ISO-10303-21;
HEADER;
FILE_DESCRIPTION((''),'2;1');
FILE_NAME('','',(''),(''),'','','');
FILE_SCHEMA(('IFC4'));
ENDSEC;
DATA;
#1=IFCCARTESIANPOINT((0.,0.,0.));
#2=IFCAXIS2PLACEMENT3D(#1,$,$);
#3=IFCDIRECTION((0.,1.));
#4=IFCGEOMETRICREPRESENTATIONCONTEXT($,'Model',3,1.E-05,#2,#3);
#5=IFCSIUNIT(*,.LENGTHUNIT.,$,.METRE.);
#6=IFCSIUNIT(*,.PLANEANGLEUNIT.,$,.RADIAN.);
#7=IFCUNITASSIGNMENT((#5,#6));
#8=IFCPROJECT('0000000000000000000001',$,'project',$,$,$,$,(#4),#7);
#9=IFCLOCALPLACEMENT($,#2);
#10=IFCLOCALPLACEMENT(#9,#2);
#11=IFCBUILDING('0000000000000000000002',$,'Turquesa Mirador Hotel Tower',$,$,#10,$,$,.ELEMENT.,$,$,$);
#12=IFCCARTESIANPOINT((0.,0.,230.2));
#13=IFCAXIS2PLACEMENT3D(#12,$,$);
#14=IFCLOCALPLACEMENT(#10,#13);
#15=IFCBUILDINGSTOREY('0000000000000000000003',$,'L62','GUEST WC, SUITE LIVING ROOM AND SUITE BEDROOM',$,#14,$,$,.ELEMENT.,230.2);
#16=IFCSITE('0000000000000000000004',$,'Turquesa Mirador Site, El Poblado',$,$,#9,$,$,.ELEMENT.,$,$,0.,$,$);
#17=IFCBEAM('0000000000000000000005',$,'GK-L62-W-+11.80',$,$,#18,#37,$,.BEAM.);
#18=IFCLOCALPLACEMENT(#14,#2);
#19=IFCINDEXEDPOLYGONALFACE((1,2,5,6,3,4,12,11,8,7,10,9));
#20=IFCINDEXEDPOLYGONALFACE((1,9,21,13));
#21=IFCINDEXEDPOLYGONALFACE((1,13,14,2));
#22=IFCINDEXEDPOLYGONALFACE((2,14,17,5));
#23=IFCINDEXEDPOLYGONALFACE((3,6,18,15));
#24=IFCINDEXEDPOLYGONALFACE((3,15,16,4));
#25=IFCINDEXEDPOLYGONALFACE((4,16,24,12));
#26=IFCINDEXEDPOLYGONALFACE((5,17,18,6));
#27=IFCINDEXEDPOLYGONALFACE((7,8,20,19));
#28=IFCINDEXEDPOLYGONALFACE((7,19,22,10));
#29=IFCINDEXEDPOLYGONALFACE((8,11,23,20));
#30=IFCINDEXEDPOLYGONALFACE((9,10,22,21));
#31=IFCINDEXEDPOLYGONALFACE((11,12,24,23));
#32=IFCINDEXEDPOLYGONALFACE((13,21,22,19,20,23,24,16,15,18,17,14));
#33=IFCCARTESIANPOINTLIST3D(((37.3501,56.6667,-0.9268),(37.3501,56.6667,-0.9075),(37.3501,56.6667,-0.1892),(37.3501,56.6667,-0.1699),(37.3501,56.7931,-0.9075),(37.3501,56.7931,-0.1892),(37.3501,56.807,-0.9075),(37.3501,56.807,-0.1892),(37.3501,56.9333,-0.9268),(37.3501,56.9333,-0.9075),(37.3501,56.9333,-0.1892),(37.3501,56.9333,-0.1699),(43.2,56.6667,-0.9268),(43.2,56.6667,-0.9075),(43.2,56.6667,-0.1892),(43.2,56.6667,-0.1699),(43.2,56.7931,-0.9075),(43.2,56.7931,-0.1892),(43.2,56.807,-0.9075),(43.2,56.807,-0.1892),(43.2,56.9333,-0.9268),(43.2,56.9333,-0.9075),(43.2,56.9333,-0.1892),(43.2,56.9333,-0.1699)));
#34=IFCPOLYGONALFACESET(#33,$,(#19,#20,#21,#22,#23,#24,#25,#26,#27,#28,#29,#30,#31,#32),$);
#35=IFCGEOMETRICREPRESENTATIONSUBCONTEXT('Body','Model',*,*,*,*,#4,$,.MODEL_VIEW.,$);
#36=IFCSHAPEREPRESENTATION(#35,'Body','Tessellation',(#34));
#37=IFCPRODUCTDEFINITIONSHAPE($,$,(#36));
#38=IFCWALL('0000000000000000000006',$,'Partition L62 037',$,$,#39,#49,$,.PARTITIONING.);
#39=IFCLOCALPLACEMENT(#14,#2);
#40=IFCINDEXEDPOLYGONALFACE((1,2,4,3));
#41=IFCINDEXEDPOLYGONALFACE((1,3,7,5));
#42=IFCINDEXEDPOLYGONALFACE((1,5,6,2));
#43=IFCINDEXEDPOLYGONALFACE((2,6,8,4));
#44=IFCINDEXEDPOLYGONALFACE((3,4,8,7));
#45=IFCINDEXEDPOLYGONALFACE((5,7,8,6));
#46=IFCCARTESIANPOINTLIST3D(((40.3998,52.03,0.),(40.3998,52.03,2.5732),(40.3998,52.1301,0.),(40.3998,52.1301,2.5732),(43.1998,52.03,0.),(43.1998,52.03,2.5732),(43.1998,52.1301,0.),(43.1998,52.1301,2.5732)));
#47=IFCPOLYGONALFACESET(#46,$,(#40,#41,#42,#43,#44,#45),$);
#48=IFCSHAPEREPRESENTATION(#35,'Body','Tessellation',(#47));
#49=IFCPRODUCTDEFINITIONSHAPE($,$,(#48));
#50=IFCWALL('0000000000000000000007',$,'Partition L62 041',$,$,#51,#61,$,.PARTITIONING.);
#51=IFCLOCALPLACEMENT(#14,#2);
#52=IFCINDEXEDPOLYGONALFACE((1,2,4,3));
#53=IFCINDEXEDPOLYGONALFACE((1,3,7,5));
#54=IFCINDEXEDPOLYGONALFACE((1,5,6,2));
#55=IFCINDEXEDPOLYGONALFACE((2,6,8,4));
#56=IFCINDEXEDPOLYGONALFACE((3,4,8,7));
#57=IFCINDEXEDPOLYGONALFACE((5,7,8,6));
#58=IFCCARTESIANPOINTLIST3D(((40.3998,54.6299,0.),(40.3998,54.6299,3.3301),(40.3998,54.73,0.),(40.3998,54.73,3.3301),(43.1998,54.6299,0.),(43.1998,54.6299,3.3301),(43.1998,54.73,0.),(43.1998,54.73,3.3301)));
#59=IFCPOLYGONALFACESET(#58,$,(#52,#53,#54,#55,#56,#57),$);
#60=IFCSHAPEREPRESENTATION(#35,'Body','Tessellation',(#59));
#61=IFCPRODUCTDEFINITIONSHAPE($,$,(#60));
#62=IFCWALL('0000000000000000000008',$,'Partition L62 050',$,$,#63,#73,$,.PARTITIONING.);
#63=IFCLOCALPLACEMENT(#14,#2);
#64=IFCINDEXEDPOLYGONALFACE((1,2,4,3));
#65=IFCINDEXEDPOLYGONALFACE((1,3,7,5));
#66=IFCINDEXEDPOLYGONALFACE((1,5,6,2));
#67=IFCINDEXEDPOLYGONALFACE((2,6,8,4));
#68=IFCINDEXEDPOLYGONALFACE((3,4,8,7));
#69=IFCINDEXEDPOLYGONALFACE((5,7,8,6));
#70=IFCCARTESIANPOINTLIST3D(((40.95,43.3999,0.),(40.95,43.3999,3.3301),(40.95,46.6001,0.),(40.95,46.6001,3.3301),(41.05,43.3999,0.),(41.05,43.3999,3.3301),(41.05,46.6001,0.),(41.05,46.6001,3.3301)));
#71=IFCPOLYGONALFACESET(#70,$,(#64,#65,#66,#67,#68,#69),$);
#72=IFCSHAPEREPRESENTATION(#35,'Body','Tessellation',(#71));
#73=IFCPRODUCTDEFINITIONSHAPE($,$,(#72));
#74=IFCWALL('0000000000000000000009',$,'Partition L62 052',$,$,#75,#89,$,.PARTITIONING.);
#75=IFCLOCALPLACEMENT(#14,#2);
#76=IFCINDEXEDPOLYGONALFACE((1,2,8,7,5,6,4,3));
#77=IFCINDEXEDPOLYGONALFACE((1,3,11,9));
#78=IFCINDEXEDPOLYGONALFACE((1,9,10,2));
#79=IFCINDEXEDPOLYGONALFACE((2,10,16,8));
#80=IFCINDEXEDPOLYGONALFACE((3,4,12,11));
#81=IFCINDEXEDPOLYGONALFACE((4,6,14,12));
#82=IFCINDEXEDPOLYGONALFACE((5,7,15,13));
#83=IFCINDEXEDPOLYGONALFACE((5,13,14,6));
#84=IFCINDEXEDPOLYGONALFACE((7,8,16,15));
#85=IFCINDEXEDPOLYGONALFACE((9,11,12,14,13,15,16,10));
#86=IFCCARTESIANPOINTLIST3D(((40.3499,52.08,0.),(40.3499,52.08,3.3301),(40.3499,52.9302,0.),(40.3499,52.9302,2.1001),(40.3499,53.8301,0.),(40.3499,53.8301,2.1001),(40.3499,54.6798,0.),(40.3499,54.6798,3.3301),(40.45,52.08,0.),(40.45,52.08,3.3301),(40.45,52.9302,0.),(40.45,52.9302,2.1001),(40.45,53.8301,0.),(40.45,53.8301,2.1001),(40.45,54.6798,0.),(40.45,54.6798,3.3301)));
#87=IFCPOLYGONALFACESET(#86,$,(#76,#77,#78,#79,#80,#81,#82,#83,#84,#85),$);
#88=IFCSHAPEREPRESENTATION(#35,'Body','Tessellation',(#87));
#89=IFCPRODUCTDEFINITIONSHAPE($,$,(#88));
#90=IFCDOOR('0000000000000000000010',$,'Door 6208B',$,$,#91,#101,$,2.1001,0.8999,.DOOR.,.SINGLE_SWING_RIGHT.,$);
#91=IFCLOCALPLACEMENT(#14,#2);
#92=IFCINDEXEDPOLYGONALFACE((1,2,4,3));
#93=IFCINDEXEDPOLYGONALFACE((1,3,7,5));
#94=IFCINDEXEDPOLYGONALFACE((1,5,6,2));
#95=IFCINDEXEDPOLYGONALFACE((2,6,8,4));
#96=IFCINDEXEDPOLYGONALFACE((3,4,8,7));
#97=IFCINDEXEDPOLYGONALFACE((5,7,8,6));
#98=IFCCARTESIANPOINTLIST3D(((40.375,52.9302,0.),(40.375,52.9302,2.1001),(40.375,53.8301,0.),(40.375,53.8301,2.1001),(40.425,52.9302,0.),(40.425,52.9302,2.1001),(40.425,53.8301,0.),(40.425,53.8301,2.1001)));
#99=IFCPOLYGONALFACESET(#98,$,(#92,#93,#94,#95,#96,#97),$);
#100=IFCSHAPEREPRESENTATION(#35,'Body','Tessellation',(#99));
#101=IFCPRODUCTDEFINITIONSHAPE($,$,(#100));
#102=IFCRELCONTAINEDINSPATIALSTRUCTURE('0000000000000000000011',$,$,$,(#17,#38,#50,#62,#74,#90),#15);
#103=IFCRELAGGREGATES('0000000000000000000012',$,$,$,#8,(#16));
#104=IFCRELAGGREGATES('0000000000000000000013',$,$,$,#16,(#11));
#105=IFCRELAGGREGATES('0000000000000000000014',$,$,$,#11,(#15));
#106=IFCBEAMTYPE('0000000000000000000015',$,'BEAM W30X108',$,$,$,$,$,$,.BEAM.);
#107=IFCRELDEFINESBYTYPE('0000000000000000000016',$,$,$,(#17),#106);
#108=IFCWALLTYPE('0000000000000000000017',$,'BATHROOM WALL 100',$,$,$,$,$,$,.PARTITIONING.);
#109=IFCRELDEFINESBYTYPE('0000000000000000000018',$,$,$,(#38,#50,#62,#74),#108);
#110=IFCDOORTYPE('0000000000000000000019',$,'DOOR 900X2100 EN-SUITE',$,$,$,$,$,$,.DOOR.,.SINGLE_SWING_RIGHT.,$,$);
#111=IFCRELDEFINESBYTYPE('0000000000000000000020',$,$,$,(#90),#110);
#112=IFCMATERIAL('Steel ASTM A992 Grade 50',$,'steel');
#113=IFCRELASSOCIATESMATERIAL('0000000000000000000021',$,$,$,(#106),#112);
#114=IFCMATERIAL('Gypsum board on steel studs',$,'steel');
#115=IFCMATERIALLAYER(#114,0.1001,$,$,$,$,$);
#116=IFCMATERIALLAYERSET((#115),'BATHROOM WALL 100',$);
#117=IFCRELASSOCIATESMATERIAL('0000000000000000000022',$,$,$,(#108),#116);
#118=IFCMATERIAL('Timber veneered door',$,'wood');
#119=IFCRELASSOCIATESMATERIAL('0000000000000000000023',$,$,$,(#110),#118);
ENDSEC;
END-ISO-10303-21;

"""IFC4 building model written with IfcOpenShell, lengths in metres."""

from ifc_helpers import new_model, si_unit, direction, frame, frame_2d, origin, origin_2d, place, context, subcontext, project, spatial, rectangle, i_section, extrude, material, layer, layer_set, material_profile, profile_set, type_object, element, fill, save


model = new_model("IFC4")

# Units and contexts
model_context = context("Model", 3, precision=1e-05, world=origin(), true_north=direction((0.0, 1.0)))
body_context = subcontext(model_context, "Body", "Model", "MODEL_VIEW")
ifc_project = project(units=[si_unit("LENGTHUNIT", "METRE"), si_unit("PLANEANGLEUNIT", "RADIAN")], contexts=[model_context])

# Site, building, storey
site_placement = place(None, origin())
site = spatial("IfcSite", under=ifc_project, at=site_placement, Name="Turquesa Mirador Site, El Poblado", CompositionType="ELEMENT", RefElevation=0.0)
building_placement = place(site_placement, origin())
building = spatial("IfcBuilding", under=site, at=building_placement, Name="Turquesa Mirador Hotel Tower", CompositionType="ELEMENT")
storey_placement = place(building_placement, frame((0.0, 0.0, 230.2)))
storey = spatial("IfcBuildingStorey", under=building, at=storey_placement, Name="L62", Description="GUEST WC, SUITE LIVING ROOM AND SUITE BEDROOM", CompositionType="ELEMENT", Elevation=230.2)

# Beam
ifc_material_1 = material(Name="Steel ASTM A992 Grade 50", Category="steel")
ifc_material_profile_1 = material_profile(ifc_material_1, i_section(OverallWidth=0.2666, OverallDepth=0.7568, WebThickness=0.0139, FlangeThickness=0.0193, at=origin_2d()), Name="W30X108")
ifc_profile_set_1 = profile_set([ifc_material_profile_1], Name="Steel ASTM A992 Grade 50")
beam_type_1 = type_object("IfcBeamType", Name="BEAM W30X108", PredefinedType="BEAM", material=ifc_profile_set_1)
beam_1_placement = place(storey_placement, frame((37.3501, 56.8, -0.5483), z_axis=(1.0, 0.0, 0.0), x_axis=(0.0, 1.0, 0.0)))
element("IfcBeam", 1, at=beam_1_placement, inside=storey, type_object=beam_type_1, Name="GK-L62-W-+11.80", PredefinedType="BEAM", context=body_context, shape_type="SweptSolid", body=[
    extrude(i_section(OverallWidth=0.2666, OverallDepth=0.7568, WebThickness=0.0139, FlangeThickness=0.0193, at=origin_2d()), origin(), (0.0, 0.0, 1.0), 5.8499),
])

# Walls
ifc_material_2 = material(Name="Gypsum board on steel studs", Category="steel")
ifc_layer = layer(ifc_material_2, 0.1001)
ifc_layer_set = layer_set([ifc_layer], Name="BATHROOM WALL 100")
wall_type = type_object("IfcWallType", Name="BATHROOM WALL 100", PredefinedType="PARTITIONING", material=ifc_layer_set)
wall_1_placement = place(storey_placement, frame((40.3999, 52.0801, 0.0), z_axis=(0.0, 0.0, 1.0), x_axis=(1.0, 0.0, 0.0)))
element("IfcWall", 2, at=wall_1_placement, inside=storey, type_object=wall_type, Name="Partition L62 037", PredefinedType="PARTITIONING", context=body_context, shape_type="SweptSolid", body=[
    extrude(rectangle(XDim=2.8, YDim=0.1001, at=frame_2d((1.3999, 0.0))), origin(), (0.0, 0.0, 1.0), 2.5732),
])
wall_2_placement = place(storey_placement, frame((40.3999, 54.6799, 0.0), z_axis=(0.0, 0.0, 1.0), x_axis=(1.0, 0.0, 0.0)))
element("IfcWall", 3, at=wall_2_placement, inside=storey, type_object=wall_type, Name="Partition L62 041", PredefinedType="PARTITIONING", context=body_context, shape_type="SweptSolid", body=[
    extrude(rectangle(XDim=2.8, YDim=0.1001, at=frame_2d((1.3999, 0.0))), origin(), (0.0, 0.0, 1.0), 3.3301),
])
wall_3_placement = place(storey_placement, frame((41.0, 43.3999, 0.0), z_axis=(0.0, 0.0, 1.0), x_axis=(0.0, 1.0, 0.0)))
element("IfcWall", 4, at=wall_3_placement, inside=storey, type_object=wall_type, Name="Partition L62 050", PredefinedType="PARTITIONING", context=body_context, shape_type="SweptSolid", body=[
    extrude(rectangle(XDim=3.2002, YDim=0.1001, at=frame_2d((1.6001, 0.0))), origin(), (0.0, 0.0, 1.0), 3.3301),
])

# Wall, opening, door
wall_4_placement = place(storey_placement, frame((40.3999, 52.0801, 0.0), z_axis=(0.0, 0.0, 1.0), x_axis=(0.0, 1.0, 0.0)))
wall_4 = element("IfcWall", 5, at=wall_4_placement, inside=storey, type_object=wall_type, Name="Partition L62 052", PredefinedType="PARTITIONING", context=body_context, shape_type="SweptSolid", body=[
    extrude(rectangle(XDim=2.5999, YDim=0.1001, at=frame_2d((1.2998, 0.0))), origin(), (0.0, 0.0, 1.0), 3.3301),
])
opening_placement = place(wall_4_placement, frame((0.8501, 0.0, 0.0)))
opening = element("IfcOpeningElement", 6, at=opening_placement, cuts=wall_4, PredefinedType="OPENING", context=body_context, shape_type="SweptSolid", body=[
    extrude(rectangle(XDim=0.8999, YDim=2.1001, at=frame_2d((0.45, 1.05))), frame((0.0, 0.0601, 0.0), z_axis=(0.0, -1.0, 0.0), x_axis=(1.0, 0.0, 0.0)), (0.0, 0.0, 1.0), 0.1201),
])
ifc_material_3 = material(Name="Timber veneered door", Category="wood")
door_type = type_object("IfcDoorType", Name="DOOR 900X2100 EN-SUITE", OperationType="SINGLE_SWING_RIGHT", PredefinedType="DOOR", material=ifc_material_3)
door_placement = place(opening_placement, origin())
door = element("IfcDoor", 7, at=door_placement, inside=storey, type_object=door_type, Name="Door 6208B", OperationType="SINGLE_SWING_RIGHT", OverallHeight=2.1001, OverallWidth=0.8999, PredefinedType="DOOR", context=body_context, shape_type="SweptSolid", body=[
    extrude(rectangle(XDim=0.8999, YDim=2.1001, at=frame_2d((0.45, 1.05))), frame((0.0, 0.0249, 0.0), z_axis=(0.0, -1.0, 0.0), x_axis=(1.0, 0.0, 0.0)), (0.0, 0.0, 1.0), 0.05),
])
fill(opening, door)

save(model, "model.ifc")
